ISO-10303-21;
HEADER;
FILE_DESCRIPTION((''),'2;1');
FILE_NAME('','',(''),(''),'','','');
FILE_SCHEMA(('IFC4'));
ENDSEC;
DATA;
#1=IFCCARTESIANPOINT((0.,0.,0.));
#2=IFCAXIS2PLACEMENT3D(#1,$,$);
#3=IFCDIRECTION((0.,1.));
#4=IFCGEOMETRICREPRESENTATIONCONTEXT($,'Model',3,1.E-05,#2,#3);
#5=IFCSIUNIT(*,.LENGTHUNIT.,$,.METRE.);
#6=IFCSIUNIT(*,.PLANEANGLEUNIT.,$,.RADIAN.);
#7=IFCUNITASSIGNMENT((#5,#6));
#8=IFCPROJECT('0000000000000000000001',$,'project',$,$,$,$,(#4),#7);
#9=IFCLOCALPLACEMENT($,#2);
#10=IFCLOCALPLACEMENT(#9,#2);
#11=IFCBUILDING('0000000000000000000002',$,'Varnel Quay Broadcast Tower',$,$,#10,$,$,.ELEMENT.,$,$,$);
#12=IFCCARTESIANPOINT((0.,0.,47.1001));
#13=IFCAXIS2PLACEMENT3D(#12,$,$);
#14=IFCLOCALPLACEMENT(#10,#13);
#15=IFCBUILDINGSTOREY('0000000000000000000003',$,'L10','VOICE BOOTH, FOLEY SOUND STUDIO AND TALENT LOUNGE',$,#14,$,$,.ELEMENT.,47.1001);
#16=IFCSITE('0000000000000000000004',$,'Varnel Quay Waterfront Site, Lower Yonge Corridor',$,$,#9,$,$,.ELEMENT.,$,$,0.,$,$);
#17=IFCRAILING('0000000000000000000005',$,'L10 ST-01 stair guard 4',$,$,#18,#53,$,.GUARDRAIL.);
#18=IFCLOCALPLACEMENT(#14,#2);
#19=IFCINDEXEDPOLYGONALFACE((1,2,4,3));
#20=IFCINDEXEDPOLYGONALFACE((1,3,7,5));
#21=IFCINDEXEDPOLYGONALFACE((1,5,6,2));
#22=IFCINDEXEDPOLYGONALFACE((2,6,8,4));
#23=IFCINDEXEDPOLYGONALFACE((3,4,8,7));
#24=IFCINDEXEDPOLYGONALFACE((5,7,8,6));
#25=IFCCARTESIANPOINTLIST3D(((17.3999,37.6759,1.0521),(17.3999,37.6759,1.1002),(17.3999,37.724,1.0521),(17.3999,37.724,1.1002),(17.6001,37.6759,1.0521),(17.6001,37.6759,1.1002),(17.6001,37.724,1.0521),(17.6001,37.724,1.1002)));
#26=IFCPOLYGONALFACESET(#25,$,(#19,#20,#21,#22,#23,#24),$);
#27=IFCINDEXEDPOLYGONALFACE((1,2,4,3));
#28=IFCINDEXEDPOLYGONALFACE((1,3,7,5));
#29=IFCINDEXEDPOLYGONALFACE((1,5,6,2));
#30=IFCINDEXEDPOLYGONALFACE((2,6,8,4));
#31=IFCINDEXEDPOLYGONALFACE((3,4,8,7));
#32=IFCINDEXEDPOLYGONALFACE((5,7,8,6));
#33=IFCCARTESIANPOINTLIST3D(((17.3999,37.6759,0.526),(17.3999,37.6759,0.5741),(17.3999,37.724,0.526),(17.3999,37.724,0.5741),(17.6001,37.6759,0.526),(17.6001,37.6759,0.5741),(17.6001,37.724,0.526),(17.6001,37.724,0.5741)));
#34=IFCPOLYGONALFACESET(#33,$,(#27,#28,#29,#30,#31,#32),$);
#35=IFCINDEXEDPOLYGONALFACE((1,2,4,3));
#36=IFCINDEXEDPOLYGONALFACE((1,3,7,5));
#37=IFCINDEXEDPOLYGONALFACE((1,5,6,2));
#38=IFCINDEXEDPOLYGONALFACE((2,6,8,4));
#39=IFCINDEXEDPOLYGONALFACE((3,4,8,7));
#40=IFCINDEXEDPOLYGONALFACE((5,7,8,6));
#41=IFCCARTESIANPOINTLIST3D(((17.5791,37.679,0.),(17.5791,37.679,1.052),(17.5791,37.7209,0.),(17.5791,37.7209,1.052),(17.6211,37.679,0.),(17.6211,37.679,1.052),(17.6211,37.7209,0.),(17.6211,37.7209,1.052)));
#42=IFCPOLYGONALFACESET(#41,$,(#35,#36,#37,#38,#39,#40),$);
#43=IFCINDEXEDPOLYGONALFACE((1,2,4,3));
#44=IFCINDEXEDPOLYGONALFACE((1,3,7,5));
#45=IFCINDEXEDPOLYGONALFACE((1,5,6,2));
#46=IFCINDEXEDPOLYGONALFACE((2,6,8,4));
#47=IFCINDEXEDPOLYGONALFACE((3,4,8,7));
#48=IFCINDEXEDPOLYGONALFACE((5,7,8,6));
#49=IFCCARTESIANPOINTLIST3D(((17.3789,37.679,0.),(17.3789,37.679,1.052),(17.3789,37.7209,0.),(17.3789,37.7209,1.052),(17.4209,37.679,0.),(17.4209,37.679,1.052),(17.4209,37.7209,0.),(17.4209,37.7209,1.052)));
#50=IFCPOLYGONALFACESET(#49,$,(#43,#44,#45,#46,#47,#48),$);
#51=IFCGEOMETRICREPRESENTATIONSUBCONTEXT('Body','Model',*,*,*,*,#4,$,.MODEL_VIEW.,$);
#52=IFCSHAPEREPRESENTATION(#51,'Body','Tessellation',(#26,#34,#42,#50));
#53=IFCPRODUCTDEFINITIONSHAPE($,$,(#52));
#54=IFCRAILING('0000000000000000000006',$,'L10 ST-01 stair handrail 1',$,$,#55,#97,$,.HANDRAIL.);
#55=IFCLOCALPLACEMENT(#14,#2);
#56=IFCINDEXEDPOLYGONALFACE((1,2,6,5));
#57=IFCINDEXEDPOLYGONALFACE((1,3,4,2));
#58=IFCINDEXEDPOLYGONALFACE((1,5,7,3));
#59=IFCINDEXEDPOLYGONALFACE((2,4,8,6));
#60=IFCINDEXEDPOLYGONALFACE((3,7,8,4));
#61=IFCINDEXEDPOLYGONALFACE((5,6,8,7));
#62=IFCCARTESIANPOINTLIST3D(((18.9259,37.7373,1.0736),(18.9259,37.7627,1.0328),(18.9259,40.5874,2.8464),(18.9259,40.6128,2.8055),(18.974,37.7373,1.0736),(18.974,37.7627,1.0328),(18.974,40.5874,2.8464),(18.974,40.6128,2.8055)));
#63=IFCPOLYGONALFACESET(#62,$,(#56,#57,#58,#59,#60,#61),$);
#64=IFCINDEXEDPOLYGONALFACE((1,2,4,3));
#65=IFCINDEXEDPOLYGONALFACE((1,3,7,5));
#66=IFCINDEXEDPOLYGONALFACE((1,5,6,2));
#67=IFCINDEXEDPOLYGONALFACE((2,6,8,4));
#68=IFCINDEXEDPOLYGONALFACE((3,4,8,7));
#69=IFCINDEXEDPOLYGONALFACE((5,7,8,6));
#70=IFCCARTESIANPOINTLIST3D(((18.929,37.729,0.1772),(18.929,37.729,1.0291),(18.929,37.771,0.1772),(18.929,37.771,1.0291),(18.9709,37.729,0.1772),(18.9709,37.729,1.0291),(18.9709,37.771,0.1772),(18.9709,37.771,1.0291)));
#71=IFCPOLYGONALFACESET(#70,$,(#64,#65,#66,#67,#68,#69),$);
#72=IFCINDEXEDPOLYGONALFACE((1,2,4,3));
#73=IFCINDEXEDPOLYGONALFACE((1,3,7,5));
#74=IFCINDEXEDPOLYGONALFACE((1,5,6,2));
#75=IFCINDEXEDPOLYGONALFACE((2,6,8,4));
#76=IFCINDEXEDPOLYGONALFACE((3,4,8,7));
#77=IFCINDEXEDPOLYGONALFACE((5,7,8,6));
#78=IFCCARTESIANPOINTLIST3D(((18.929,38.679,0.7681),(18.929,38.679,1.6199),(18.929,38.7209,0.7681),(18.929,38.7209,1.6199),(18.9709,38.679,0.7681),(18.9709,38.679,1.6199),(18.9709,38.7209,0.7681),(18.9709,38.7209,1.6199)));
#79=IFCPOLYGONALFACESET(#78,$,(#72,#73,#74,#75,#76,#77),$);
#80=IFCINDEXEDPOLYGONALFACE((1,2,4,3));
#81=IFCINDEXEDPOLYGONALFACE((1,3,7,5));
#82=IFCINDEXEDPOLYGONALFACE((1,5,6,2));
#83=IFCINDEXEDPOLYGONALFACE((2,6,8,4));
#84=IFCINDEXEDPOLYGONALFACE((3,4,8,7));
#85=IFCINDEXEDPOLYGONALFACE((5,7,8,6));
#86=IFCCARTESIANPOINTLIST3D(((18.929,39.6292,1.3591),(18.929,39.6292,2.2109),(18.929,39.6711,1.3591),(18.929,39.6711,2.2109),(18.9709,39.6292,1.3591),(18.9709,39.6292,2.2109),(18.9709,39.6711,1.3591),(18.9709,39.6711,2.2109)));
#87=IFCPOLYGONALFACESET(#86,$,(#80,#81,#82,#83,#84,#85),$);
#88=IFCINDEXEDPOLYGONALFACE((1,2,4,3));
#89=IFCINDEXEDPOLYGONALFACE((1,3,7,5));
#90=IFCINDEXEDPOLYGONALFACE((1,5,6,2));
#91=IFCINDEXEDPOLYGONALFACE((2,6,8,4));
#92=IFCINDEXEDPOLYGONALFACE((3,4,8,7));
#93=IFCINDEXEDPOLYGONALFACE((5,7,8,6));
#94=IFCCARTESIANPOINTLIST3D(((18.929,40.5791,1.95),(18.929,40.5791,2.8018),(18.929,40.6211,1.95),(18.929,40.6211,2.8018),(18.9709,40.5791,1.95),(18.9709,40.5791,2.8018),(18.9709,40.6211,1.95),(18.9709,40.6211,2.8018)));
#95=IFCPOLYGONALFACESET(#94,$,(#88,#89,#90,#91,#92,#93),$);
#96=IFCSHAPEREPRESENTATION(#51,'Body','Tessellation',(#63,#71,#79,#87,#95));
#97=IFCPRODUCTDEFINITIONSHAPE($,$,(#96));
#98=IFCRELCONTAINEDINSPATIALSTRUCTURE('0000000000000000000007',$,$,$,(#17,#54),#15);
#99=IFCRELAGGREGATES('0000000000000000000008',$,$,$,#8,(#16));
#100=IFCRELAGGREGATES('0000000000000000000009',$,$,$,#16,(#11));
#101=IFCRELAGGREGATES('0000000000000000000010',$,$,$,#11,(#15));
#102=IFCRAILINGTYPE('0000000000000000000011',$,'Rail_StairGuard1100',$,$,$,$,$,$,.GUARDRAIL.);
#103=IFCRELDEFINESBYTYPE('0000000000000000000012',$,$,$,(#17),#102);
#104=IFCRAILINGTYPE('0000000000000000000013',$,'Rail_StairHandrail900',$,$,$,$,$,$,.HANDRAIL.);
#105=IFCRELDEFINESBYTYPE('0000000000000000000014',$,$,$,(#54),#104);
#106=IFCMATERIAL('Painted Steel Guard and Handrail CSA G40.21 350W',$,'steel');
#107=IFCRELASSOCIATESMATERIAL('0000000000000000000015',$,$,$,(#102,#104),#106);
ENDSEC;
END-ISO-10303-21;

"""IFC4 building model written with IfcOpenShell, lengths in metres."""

from ifc_helpers import new_model, si_unit, direction, frame, origin, origin_2d, place, context, subcontext, project, spatial, rectangle, extrude, material, type_object, element, save


model = new_model("IFC4")

# Units and contexts
model_context = context("Model", 3, precision=1e-05, world=origin(), true_north=direction((0.0, 1.0)))
body_context = subcontext(model_context, "Body", "Model", "MODEL_VIEW")
ifc_project = project(units=[si_unit("LENGTHUNIT", "METRE"), si_unit("PLANEANGLEUNIT", "RADIAN")], contexts=[model_context])

# Site, building, storey
site_placement = place(None, origin())
site = spatial("IfcSite", under=ifc_project, at=site_placement, Name="Varnel Quay Waterfront Site, Lower Yonge Corridor", CompositionType="ELEMENT", RefElevation=0.0)
building_placement = place(site_placement, origin())
building = spatial("IfcBuilding", under=site, at=building_placement, Name="Varnel Quay Broadcast Tower", CompositionType="ELEMENT")
storey_placement = place(building_placement, frame((0.0, 0.0, 47.1001)))
storey = spatial("IfcBuildingStorey", under=building, at=storey_placement, Name="L10", Description="VOICE BOOTH, FOLEY SOUND STUDIO AND TALENT LOUNGE", CompositionType="ELEMENT", Elevation=47.1001)

# Railings
ifc_material_1 = material(Name="Painted Steel Guard and Handrail CSA G40.21 350W", Category="steel")
railing_type_1 = type_object("IfcRailingType", Name="Rail_StairGuard1100", PredefinedType="GUARDRAIL", material=ifc_material_1)
railing_1_placement = place(storey_placement, frame((17.6001, 37.7, 0.0)))
element("IfcRailing", 1, at=railing_1_placement, inside=storey, type_object=railing_type_1, Name="L10 ST-01 stair guard 4", PredefinedType="GUARDRAIL", context=body_context, shape_type="SweptSolid", body=[
    extrude(rectangle(XDim=0.0481, YDim=0.0481, at=origin_2d()), frame((0.0, 0.0, 1.0762), z_axis=(-1.0, 0.0, 0.0), x_axis=(0.0, -1.0, 0.0)), (0.0, 0.0, 1.0), 0.2002),
    extrude(rectangle(XDim=0.0481, YDim=0.0481, at=origin_2d()), frame((0.0, 0.0, 0.55), z_axis=(-1.0, 0.0, 0.0), x_axis=(0.0, -1.0, 0.0)), (0.0, 0.0, 1.0), 0.2002),
    extrude(rectangle(XDim=0.042, YDim=0.042, at=origin_2d()), origin(), (0.0, 0.0, 1.0), 1.052),
    extrude(rectangle(XDim=0.042, YDim=0.042, at=origin_2d()), frame((-0.2002, 0.0, 0.0)), (0.0, 0.0, 1.0), 1.052),
])
railing_type_2 = type_object("IfcRailingType", Name="Rail_StairHandrail900", PredefinedType="HANDRAIL", material=ifc_material_1)
railing_2_placement = place(storey_placement, frame((18.95, 37.75, 0.1772)))
element("IfcRailing", 2, at=railing_2_placement, inside=storey, type_object=railing_type_2, Name="L10 ST-01 stair handrail 1", PredefinedType="HANDRAIL", context=body_context, shape_type="SweptSolid", body=[
    extrude(rectangle(XDim=0.0481, YDim=0.0481, at=origin_2d()), frame((0.0, 0.0, 0.876), z_axis=(0.0, 0.849149, 0.528154), x_axis=(-1.0, 0.0, 0.0)), (0.0, 0.0, 1.0), 3.3564),
    extrude(rectangle(XDim=0.042, YDim=0.042, at=origin_2d()), origin(), (0.0, 0.0, 1.0), 0.8518),
    extrude(rectangle(XDim=0.042, YDim=0.042, at=origin_2d()), frame((0.0, 0.95, 0.5908)), (0.0, 0.0, 1.0), 0.8518),
    extrude(rectangle(XDim=0.042, YDim=0.042, at=origin_2d()), frame((0.0, 1.9001, 1.1819)), (0.0, 0.0, 1.0), 0.8518),
    extrude(rectangle(XDim=0.042, YDim=0.042, at=origin_2d()), frame((0.0, 2.8501, 1.7727)), (0.0, 0.0, 1.0), 0.8518),
])

save(model, "model.ifc")
